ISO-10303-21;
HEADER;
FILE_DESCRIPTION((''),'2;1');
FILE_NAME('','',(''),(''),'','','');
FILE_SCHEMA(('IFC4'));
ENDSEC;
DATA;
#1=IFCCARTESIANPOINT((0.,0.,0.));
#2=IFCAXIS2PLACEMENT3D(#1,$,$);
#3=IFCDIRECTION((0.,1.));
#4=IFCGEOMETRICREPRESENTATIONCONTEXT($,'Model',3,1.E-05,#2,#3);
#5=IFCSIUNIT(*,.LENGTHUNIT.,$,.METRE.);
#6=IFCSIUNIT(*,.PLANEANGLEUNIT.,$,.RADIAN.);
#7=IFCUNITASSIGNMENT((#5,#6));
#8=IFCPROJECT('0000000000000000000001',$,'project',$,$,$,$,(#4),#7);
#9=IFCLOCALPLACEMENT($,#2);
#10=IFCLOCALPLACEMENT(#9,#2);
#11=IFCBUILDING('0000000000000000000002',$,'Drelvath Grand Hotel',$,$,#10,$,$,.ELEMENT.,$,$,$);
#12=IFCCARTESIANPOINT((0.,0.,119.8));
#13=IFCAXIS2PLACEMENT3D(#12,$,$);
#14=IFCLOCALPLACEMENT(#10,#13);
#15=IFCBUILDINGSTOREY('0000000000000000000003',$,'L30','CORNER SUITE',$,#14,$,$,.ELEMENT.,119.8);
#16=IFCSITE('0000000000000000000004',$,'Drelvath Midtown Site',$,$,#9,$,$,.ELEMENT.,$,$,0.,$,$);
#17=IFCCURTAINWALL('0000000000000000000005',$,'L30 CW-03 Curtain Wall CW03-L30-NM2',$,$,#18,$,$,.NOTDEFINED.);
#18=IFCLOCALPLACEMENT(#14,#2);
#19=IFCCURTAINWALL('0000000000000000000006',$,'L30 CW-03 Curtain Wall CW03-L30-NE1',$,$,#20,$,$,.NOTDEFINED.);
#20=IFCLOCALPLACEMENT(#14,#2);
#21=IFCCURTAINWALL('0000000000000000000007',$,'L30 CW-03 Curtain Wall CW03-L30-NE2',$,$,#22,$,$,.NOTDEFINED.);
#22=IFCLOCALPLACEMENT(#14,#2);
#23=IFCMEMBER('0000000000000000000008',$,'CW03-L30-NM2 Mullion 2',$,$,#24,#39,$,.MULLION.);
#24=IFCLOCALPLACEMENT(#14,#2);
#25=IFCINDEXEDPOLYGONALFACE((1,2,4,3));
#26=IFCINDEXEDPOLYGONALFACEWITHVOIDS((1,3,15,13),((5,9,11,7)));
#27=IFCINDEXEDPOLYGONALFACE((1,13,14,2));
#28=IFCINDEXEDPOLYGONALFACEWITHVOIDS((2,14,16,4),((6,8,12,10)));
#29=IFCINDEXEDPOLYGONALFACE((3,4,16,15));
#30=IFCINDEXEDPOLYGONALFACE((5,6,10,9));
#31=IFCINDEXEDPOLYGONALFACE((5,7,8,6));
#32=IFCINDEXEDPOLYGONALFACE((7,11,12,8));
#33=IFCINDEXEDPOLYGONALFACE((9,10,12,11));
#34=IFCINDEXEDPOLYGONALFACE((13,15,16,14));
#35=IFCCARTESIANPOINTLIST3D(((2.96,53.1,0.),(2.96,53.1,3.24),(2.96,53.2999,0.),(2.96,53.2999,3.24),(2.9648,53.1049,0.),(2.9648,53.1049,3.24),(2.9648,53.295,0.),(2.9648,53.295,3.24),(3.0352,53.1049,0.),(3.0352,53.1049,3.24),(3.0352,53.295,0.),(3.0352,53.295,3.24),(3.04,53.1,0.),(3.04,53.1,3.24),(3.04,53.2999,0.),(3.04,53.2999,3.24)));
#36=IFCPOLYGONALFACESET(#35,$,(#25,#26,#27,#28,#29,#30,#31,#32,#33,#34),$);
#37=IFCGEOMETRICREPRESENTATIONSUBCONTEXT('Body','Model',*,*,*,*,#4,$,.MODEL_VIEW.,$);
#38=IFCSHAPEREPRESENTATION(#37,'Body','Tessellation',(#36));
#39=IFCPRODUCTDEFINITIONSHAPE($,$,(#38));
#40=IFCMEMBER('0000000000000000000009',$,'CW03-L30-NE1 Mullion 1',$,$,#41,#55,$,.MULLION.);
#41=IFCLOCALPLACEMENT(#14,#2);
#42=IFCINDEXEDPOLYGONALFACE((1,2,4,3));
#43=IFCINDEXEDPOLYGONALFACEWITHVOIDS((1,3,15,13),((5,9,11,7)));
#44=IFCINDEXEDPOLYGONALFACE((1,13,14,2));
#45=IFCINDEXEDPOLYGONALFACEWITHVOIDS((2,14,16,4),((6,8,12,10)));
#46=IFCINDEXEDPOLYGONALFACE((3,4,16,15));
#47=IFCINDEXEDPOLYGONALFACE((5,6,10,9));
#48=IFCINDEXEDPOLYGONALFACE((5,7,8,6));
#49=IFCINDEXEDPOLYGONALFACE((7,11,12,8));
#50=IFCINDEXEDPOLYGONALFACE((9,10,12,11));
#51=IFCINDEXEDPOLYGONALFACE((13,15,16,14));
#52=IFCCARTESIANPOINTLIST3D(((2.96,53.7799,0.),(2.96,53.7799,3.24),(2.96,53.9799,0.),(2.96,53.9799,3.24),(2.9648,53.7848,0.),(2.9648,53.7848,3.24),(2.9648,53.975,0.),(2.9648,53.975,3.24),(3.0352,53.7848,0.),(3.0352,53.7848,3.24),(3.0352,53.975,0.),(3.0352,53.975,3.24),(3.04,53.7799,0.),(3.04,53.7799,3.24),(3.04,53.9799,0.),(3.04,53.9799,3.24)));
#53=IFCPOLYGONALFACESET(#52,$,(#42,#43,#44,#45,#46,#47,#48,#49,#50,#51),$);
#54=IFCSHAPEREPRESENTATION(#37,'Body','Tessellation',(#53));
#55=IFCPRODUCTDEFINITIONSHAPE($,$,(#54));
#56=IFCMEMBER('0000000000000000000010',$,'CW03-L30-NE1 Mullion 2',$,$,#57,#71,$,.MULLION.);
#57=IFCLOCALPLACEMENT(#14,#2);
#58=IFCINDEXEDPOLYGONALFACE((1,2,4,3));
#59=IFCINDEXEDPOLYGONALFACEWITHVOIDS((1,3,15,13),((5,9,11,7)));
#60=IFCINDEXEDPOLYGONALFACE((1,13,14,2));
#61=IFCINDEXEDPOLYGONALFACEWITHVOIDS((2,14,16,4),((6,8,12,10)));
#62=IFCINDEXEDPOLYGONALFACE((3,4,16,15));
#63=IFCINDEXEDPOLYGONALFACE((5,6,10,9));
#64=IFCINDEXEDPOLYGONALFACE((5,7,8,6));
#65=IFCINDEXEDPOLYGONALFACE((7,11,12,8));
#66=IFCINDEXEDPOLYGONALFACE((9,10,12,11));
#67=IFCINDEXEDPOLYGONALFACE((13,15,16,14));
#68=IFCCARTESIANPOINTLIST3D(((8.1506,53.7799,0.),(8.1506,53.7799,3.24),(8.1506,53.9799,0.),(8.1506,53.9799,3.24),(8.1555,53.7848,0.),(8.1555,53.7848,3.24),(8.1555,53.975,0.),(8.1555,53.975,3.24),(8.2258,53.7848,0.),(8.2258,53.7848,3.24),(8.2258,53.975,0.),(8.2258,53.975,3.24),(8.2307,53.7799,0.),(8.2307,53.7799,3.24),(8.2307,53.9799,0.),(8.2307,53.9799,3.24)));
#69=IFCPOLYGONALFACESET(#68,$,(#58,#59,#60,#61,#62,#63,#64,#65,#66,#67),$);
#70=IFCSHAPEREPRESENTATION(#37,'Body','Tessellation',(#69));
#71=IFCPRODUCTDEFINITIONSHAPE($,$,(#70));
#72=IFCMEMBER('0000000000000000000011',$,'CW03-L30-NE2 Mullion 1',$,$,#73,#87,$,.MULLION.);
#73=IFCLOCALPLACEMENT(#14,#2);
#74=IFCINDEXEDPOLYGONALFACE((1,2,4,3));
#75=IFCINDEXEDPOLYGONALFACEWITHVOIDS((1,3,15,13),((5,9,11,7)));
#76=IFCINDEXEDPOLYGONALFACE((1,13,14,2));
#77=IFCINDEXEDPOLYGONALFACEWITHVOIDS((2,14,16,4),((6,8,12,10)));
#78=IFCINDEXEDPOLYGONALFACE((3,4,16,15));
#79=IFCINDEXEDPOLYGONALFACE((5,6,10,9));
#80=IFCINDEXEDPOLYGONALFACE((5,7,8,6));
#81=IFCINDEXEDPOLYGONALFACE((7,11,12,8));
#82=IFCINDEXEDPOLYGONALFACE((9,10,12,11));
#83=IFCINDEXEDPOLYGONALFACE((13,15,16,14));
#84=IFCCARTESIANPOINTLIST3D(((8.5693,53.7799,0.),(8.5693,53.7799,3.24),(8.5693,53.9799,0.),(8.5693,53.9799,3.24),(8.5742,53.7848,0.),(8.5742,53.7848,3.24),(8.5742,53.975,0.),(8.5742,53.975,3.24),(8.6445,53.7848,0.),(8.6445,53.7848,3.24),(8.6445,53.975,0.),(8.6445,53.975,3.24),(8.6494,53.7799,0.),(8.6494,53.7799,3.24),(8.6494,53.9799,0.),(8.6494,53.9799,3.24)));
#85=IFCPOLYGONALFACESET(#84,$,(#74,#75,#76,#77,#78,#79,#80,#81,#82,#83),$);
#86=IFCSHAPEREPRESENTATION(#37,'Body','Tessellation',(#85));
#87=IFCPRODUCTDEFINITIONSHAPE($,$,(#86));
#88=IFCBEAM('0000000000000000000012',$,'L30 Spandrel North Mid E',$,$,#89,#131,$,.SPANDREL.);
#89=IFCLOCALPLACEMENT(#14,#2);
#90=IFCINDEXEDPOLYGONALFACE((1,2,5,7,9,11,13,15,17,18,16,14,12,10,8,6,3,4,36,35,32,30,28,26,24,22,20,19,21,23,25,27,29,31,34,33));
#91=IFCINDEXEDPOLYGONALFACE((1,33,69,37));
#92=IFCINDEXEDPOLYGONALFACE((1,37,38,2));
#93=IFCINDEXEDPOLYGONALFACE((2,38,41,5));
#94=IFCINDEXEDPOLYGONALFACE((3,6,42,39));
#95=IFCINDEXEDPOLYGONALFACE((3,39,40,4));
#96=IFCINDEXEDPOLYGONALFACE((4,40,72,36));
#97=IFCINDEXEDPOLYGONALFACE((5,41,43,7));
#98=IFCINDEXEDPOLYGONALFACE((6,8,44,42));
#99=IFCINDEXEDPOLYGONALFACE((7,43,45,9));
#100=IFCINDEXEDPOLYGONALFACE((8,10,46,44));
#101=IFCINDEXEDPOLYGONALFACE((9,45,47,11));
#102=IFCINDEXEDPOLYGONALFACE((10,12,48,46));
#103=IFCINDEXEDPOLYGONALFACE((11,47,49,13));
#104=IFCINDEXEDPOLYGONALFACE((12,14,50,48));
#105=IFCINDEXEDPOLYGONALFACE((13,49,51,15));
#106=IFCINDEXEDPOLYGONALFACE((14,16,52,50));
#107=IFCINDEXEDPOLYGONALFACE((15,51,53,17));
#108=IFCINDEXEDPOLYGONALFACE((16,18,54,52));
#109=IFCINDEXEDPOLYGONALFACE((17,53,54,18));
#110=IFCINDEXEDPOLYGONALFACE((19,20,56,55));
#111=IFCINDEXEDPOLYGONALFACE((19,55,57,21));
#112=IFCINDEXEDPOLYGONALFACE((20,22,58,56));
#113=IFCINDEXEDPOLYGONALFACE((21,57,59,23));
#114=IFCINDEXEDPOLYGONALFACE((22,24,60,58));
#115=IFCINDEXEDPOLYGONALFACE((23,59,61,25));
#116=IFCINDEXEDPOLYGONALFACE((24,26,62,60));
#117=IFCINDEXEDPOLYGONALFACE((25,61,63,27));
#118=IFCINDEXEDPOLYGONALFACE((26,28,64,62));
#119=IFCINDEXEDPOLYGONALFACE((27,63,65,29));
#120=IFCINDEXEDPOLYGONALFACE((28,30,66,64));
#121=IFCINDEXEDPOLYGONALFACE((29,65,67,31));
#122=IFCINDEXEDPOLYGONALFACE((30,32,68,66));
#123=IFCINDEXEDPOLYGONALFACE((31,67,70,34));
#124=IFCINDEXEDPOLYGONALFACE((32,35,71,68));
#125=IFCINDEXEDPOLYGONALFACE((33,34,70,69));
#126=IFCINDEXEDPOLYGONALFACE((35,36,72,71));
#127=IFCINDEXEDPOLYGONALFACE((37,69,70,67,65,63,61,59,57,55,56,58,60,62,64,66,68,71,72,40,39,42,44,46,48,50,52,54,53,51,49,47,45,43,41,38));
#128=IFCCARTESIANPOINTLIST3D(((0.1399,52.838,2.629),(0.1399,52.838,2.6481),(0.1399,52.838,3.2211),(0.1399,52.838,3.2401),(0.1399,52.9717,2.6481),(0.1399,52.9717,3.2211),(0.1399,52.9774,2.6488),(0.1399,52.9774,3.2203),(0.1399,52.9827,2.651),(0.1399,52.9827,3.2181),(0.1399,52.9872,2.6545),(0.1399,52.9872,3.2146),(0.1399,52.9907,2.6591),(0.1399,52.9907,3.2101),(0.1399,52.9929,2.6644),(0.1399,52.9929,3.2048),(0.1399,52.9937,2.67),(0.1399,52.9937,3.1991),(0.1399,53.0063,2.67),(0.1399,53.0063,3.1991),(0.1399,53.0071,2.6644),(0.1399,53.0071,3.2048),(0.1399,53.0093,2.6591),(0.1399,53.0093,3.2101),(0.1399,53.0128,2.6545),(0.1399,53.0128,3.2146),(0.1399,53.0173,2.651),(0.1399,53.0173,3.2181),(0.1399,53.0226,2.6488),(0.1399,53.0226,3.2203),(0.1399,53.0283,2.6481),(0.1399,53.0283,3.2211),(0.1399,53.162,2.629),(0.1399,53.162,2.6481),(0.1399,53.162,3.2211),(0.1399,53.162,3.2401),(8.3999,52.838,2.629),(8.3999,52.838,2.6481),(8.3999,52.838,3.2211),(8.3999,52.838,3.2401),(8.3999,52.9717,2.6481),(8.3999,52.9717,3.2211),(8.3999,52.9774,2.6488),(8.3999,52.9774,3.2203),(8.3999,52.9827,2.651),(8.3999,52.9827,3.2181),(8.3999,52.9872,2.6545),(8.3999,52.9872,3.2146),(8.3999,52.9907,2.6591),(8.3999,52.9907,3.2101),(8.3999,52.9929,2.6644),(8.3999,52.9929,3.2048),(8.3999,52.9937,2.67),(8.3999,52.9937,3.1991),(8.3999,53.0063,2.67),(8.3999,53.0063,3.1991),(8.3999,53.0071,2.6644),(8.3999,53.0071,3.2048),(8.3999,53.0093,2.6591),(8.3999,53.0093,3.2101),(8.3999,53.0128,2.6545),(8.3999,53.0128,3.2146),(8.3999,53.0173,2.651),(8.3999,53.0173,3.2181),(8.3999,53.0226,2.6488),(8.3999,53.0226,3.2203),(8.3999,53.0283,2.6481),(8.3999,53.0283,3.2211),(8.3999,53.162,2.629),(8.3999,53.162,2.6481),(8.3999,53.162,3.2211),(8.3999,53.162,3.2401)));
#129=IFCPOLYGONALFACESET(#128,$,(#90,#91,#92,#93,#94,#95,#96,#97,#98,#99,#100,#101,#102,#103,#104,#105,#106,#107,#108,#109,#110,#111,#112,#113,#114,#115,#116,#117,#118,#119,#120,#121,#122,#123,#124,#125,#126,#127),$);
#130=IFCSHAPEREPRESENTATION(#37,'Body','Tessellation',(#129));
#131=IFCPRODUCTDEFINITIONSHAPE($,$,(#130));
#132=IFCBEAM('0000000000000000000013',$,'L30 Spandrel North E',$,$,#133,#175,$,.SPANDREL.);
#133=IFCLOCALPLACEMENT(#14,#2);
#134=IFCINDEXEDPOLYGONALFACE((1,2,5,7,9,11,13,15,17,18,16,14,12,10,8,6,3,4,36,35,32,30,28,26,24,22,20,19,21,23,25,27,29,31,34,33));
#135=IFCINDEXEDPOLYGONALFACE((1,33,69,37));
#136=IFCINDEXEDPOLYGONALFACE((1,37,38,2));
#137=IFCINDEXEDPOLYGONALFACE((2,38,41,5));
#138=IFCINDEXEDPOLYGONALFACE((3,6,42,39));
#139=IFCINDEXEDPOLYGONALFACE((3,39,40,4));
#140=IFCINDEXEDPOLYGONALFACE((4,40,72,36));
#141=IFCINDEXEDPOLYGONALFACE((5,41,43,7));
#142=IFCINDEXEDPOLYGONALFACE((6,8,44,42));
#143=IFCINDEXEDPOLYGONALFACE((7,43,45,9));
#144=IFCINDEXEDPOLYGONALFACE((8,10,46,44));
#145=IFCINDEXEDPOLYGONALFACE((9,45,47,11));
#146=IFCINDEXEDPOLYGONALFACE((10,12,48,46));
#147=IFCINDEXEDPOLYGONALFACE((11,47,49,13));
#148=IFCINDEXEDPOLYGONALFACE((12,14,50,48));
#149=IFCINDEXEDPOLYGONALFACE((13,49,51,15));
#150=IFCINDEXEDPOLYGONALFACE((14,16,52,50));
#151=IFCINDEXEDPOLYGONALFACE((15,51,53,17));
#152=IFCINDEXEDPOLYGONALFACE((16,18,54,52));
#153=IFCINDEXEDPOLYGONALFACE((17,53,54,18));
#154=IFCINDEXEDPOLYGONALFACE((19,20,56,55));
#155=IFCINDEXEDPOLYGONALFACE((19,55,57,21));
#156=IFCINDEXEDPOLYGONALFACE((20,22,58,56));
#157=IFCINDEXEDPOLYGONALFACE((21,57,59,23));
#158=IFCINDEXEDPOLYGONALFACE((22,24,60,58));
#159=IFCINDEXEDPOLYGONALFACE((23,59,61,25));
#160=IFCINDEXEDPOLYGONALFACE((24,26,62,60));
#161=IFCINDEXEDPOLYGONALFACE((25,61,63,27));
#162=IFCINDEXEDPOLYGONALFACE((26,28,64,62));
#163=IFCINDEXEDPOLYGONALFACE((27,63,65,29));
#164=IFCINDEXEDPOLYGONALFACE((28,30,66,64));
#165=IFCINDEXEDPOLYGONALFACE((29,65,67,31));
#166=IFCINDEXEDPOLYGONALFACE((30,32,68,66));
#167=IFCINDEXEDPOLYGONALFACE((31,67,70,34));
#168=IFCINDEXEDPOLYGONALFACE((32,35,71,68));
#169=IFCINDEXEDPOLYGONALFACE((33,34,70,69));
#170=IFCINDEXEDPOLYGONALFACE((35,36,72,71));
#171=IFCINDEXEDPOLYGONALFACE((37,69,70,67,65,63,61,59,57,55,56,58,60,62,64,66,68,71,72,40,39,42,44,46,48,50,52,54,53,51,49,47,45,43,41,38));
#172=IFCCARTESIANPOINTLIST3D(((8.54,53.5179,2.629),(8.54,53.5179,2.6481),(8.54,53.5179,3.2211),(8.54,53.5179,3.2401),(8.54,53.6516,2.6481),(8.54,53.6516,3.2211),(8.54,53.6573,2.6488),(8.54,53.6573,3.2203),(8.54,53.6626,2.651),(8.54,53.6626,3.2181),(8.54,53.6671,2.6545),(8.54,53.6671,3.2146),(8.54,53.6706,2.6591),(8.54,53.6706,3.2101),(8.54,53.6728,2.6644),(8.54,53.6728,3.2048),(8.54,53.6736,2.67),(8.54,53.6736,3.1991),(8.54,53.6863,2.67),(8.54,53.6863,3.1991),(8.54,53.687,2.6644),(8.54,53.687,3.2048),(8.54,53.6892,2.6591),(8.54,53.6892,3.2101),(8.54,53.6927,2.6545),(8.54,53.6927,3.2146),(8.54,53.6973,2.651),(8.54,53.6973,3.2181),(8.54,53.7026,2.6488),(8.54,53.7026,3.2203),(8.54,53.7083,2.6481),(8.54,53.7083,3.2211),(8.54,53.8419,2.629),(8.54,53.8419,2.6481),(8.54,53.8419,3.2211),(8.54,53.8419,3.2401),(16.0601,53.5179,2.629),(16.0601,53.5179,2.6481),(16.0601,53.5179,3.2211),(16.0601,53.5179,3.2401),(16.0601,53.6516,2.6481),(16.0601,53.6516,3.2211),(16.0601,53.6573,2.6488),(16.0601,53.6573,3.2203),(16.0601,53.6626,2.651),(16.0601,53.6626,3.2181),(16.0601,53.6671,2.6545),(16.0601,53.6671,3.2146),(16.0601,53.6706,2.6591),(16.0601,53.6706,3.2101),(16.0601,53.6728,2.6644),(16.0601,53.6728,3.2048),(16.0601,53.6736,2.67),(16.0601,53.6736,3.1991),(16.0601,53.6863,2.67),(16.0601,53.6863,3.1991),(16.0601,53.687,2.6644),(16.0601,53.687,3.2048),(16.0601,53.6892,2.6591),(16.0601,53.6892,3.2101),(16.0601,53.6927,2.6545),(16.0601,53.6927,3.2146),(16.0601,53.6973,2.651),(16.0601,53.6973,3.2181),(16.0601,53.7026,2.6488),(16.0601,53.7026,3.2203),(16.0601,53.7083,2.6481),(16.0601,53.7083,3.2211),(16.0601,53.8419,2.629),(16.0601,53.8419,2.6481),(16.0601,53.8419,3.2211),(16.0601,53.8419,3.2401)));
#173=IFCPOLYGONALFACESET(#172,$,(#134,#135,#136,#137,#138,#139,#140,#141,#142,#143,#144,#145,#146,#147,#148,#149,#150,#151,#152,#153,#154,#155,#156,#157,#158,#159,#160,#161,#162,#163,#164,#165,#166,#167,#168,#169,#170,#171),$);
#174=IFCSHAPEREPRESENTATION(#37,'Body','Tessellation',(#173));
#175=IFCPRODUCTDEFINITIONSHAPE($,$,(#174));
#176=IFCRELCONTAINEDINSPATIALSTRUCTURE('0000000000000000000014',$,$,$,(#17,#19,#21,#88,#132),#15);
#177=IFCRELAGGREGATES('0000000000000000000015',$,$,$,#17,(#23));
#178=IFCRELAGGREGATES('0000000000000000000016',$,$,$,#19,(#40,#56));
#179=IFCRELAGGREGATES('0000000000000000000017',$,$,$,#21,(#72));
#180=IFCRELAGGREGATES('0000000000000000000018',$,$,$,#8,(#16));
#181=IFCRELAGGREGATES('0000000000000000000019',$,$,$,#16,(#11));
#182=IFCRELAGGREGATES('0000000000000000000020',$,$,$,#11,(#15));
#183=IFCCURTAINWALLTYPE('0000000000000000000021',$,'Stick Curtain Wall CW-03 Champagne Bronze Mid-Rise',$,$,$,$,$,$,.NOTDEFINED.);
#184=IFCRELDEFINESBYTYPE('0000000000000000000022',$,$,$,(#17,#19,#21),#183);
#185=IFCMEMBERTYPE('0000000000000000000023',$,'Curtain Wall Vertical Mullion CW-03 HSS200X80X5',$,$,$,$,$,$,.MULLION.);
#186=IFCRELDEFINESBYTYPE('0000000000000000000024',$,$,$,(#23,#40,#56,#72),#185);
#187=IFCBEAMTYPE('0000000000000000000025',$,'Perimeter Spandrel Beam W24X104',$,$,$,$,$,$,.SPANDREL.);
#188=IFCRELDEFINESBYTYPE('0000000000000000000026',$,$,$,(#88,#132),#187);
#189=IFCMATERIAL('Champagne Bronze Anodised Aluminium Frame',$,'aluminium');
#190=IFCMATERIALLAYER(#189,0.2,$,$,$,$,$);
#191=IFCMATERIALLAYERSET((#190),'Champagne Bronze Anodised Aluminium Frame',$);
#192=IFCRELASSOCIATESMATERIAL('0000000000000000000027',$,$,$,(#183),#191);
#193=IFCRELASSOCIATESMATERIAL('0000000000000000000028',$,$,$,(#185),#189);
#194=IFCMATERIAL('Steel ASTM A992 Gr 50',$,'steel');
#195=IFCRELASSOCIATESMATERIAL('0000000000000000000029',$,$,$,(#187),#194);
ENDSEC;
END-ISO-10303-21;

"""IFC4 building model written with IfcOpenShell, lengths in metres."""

from ifc_helpers import new_model, si_unit, direction, frame, origin, origin_2d, place, context, subcontext, project, spatial, hollow_rectangle, i_section, extrude, material, layer, layer_set, material_profile, profile_set, type_object, element, aggregate, save


model = new_model("IFC4")

# Units and contexts
model_context = context("Model", 3, precision=1e-05, world=origin(), true_north=direction((0.0, 1.0)))
body_context = subcontext(model_context, "Body", "Model", "MODEL_VIEW")
ifc_project = project(units=[si_unit("LENGTHUNIT", "METRE"), si_unit("PLANEANGLEUNIT", "RADIAN")], contexts=[model_context])

# Site, building, storey
site_placement = place(None, origin())
site = spatial("IfcSite", under=ifc_project, at=site_placement, Name="Drelvath Midtown Site", CompositionType="ELEMENT", RefElevation=0.0)
building_placement = place(site_placement, origin())
building = spatial("IfcBuilding", under=site, at=building_placement, Name="Drelvath Grand Hotel", CompositionType="ELEMENT")
storey_placement = place(building_placement, frame((0.0, 0.0, 119.8)))
storey = spatial("IfcBuildingStorey", under=building, at=storey_placement, Name="L30", Description="CORNER SUITE", CompositionType="ELEMENT", Elevation=119.8)

# Curtain walls
ifc_material_1 = material(Name="Champagne Bronze Anodised Aluminium Frame", Category="aluminium")
ifc_layer_1 = layer(ifc_material_1, 0.2)
ifc_layer_set_1 = layer_set([ifc_layer_1], Name="Champagne Bronze Anodised Aluminium Frame")
curtain_wall_type = type_object("IfcCurtainWallType", Name="Stick Curtain Wall CW-03 Champagne Bronze Mid-Rise", PredefinedType="NOTDEFINED", material=ifc_layer_set_1)
curtain_wall_1_placement = place(storey_placement, origin())
curtain_wall_1 = element("IfcCurtainWall", 1, at=curtain_wall_1_placement, inside=storey, type_object=curtain_wall_type, Name="L30 CW-03 Curtain Wall CW03-L30-NM2", PredefinedType="NOTDEFINED")
curtain_wall_2_placement = place(storey_placement, origin())
curtain_wall_2 = element("IfcCurtainWall", 2, at=curtain_wall_2_placement, inside=storey, type_object=curtain_wall_type, Name="L30 CW-03 Curtain Wall CW03-L30-NE1", PredefinedType="NOTDEFINED")
curtain_wall_3_placement = place(storey_placement, origin())
curtain_wall_3 = element("IfcCurtainWall", 3, at=curtain_wall_3_placement, inside=storey, type_object=curtain_wall_type, Name="L30 CW-03 Curtain Wall CW03-L30-NE2", PredefinedType="NOTDEFINED")
ifc_material_profile_1 = material_profile(ifc_material_1, hollow_rectangle(XDim=0.0801, YDim=0.2, WallThickness=0.0049, at=origin_2d()), Name="HSS200X80X5")
ifc_profile_set_1 = profile_set([ifc_material_profile_1], Name="Champagne Bronze Anodised Aluminium Frame")
member_type_1 = type_object("IfcMemberType", Name="Curtain Wall Vertical Mullion CW-03 HSS200X80X5", PredefinedType="MULLION", material=ifc_profile_set_1)

# Members
member_1_placement = place(storey_placement, frame((3.0, 53.2, 0.0), z_axis=(0.0, 0.0, 1.0), x_axis=(1.0, 0.0, 0.0)))
member_1 = element("IfcMember", 4, at=member_1_placement, type_object=member_type_1, Name="CW03-L30-NM2 Mullion 2", PredefinedType="MULLION", context=body_context, shape_type="SweptSolid", body=[
    extrude(hollow_rectangle(XDim=0.0801, YDim=0.2, WallThickness=0.0049, at=origin_2d()), origin(), (0.0, 0.0, 1.0), 3.24),
])
member_2_placement = place(storey_placement, frame((3.0, 53.8799, 0.0), z_axis=(0.0, 0.0, 1.0), x_axis=(1.0, 0.0, 0.0)))
member_2 = element("IfcMember", 5, at=member_2_placement, type_object=member_type_1, Name="CW03-L30-NE1 Mullion 1", PredefinedType="MULLION", context=body_context, shape_type="SweptSolid", body=[
    extrude(hollow_rectangle(XDim=0.0801, YDim=0.2, WallThickness=0.0049, at=origin_2d()), origin(), (0.0, 0.0, 1.0), 3.24),
])
member_3_placement = place(storey_placement, frame((8.1907, 53.8799, 0.0), z_axis=(0.0, 0.0, 1.0), x_axis=(1.0, 0.0, 0.0)))
member_3 = element("IfcMember", 6, at=member_3_placement, type_object=member_type_1, Name="CW03-L30-NE1 Mullion 2", PredefinedType="MULLION", context=body_context, shape_type="SweptSolid", body=[
    extrude(hollow_rectangle(XDim=0.0801, YDim=0.2, WallThickness=0.0049, at=origin_2d()), origin(), (0.0, 0.0, 1.0), 3.24),
])
member_4_placement = place(storey_placement, frame((8.6094, 53.8799, 0.0), z_axis=(0.0, 0.0, 1.0), x_axis=(1.0, 0.0, 0.0)))
member_4 = element("IfcMember", 7, at=member_4_placement, type_object=member_type_1, Name="CW03-L30-NE2 Mullion 1", PredefinedType="MULLION", context=body_context, shape_type="SweptSolid", body=[
    extrude(hollow_rectangle(XDim=0.0801, YDim=0.2, WallThickness=0.0049, at=origin_2d()), origin(), (0.0, 0.0, 1.0), 3.24),
])

# Beams
ifc_material_2 = material(Name="Steel ASTM A992 Gr 50", Category="steel")
ifc_material_profile_2 = material_profile(ifc_material_2, i_section(OverallWidth=0.324, OverallDepth=0.6111, WebThickness=0.0127, FlangeThickness=0.019, FilletRadius=0.022, at=origin_2d()), Name="W24X104")
ifc_profile_set_2 = profile_set([ifc_material_profile_2], Name="Steel ASTM A992 Gr 50")
beam_type_1 = type_object("IfcBeamType", Name="Perimeter Spandrel Beam W24X104", PredefinedType="SPANDREL", material=ifc_profile_set_2)
beam_1_placement = place(storey_placement, frame((0.1399, 53.0, 2.9346), z_axis=(1.0, 0.0, 0.0), x_axis=(0.0, 1.0, 0.0)))
element("IfcBeam", 8, at=beam_1_placement, inside=storey, type_object=beam_type_1, Name="L30 Spandrel North Mid E", PredefinedType="SPANDREL", context=body_context, shape_type="SweptSolid", body=[
    extrude(i_section(OverallWidth=0.324, OverallDepth=0.6111, WebThickness=0.0127, FlangeThickness=0.019, FilletRadius=0.022, at=origin_2d()), origin(), (0.0, 0.0, 1.0), 8.26),
])
beam_2_placement = place(storey_placement, frame((8.54, 53.6799, 2.9346), z_axis=(1.0, 0.0, 0.0), x_axis=(0.0, 1.0, 0.0)))
element("IfcBeam", 9, at=beam_2_placement, inside=storey, type_object=beam_type_1, Name="L30 Spandrel North E", PredefinedType="SPANDREL", context=body_context, shape_type="SweptSolid", body=[
    extrude(i_section(OverallWidth=0.324, OverallDepth=0.6111, WebThickness=0.0127, FlangeThickness=0.019, FilletRadius=0.022, at=origin_2d()), origin(), (0.0, 0.0, 1.0), 7.52),
])

aggregate(curtain_wall_1, [member_1])
aggregate(curtain_wall_2, [member_2, member_3])
aggregate(curtain_wall_3, [member_4])

save(model, "model.ifc")
